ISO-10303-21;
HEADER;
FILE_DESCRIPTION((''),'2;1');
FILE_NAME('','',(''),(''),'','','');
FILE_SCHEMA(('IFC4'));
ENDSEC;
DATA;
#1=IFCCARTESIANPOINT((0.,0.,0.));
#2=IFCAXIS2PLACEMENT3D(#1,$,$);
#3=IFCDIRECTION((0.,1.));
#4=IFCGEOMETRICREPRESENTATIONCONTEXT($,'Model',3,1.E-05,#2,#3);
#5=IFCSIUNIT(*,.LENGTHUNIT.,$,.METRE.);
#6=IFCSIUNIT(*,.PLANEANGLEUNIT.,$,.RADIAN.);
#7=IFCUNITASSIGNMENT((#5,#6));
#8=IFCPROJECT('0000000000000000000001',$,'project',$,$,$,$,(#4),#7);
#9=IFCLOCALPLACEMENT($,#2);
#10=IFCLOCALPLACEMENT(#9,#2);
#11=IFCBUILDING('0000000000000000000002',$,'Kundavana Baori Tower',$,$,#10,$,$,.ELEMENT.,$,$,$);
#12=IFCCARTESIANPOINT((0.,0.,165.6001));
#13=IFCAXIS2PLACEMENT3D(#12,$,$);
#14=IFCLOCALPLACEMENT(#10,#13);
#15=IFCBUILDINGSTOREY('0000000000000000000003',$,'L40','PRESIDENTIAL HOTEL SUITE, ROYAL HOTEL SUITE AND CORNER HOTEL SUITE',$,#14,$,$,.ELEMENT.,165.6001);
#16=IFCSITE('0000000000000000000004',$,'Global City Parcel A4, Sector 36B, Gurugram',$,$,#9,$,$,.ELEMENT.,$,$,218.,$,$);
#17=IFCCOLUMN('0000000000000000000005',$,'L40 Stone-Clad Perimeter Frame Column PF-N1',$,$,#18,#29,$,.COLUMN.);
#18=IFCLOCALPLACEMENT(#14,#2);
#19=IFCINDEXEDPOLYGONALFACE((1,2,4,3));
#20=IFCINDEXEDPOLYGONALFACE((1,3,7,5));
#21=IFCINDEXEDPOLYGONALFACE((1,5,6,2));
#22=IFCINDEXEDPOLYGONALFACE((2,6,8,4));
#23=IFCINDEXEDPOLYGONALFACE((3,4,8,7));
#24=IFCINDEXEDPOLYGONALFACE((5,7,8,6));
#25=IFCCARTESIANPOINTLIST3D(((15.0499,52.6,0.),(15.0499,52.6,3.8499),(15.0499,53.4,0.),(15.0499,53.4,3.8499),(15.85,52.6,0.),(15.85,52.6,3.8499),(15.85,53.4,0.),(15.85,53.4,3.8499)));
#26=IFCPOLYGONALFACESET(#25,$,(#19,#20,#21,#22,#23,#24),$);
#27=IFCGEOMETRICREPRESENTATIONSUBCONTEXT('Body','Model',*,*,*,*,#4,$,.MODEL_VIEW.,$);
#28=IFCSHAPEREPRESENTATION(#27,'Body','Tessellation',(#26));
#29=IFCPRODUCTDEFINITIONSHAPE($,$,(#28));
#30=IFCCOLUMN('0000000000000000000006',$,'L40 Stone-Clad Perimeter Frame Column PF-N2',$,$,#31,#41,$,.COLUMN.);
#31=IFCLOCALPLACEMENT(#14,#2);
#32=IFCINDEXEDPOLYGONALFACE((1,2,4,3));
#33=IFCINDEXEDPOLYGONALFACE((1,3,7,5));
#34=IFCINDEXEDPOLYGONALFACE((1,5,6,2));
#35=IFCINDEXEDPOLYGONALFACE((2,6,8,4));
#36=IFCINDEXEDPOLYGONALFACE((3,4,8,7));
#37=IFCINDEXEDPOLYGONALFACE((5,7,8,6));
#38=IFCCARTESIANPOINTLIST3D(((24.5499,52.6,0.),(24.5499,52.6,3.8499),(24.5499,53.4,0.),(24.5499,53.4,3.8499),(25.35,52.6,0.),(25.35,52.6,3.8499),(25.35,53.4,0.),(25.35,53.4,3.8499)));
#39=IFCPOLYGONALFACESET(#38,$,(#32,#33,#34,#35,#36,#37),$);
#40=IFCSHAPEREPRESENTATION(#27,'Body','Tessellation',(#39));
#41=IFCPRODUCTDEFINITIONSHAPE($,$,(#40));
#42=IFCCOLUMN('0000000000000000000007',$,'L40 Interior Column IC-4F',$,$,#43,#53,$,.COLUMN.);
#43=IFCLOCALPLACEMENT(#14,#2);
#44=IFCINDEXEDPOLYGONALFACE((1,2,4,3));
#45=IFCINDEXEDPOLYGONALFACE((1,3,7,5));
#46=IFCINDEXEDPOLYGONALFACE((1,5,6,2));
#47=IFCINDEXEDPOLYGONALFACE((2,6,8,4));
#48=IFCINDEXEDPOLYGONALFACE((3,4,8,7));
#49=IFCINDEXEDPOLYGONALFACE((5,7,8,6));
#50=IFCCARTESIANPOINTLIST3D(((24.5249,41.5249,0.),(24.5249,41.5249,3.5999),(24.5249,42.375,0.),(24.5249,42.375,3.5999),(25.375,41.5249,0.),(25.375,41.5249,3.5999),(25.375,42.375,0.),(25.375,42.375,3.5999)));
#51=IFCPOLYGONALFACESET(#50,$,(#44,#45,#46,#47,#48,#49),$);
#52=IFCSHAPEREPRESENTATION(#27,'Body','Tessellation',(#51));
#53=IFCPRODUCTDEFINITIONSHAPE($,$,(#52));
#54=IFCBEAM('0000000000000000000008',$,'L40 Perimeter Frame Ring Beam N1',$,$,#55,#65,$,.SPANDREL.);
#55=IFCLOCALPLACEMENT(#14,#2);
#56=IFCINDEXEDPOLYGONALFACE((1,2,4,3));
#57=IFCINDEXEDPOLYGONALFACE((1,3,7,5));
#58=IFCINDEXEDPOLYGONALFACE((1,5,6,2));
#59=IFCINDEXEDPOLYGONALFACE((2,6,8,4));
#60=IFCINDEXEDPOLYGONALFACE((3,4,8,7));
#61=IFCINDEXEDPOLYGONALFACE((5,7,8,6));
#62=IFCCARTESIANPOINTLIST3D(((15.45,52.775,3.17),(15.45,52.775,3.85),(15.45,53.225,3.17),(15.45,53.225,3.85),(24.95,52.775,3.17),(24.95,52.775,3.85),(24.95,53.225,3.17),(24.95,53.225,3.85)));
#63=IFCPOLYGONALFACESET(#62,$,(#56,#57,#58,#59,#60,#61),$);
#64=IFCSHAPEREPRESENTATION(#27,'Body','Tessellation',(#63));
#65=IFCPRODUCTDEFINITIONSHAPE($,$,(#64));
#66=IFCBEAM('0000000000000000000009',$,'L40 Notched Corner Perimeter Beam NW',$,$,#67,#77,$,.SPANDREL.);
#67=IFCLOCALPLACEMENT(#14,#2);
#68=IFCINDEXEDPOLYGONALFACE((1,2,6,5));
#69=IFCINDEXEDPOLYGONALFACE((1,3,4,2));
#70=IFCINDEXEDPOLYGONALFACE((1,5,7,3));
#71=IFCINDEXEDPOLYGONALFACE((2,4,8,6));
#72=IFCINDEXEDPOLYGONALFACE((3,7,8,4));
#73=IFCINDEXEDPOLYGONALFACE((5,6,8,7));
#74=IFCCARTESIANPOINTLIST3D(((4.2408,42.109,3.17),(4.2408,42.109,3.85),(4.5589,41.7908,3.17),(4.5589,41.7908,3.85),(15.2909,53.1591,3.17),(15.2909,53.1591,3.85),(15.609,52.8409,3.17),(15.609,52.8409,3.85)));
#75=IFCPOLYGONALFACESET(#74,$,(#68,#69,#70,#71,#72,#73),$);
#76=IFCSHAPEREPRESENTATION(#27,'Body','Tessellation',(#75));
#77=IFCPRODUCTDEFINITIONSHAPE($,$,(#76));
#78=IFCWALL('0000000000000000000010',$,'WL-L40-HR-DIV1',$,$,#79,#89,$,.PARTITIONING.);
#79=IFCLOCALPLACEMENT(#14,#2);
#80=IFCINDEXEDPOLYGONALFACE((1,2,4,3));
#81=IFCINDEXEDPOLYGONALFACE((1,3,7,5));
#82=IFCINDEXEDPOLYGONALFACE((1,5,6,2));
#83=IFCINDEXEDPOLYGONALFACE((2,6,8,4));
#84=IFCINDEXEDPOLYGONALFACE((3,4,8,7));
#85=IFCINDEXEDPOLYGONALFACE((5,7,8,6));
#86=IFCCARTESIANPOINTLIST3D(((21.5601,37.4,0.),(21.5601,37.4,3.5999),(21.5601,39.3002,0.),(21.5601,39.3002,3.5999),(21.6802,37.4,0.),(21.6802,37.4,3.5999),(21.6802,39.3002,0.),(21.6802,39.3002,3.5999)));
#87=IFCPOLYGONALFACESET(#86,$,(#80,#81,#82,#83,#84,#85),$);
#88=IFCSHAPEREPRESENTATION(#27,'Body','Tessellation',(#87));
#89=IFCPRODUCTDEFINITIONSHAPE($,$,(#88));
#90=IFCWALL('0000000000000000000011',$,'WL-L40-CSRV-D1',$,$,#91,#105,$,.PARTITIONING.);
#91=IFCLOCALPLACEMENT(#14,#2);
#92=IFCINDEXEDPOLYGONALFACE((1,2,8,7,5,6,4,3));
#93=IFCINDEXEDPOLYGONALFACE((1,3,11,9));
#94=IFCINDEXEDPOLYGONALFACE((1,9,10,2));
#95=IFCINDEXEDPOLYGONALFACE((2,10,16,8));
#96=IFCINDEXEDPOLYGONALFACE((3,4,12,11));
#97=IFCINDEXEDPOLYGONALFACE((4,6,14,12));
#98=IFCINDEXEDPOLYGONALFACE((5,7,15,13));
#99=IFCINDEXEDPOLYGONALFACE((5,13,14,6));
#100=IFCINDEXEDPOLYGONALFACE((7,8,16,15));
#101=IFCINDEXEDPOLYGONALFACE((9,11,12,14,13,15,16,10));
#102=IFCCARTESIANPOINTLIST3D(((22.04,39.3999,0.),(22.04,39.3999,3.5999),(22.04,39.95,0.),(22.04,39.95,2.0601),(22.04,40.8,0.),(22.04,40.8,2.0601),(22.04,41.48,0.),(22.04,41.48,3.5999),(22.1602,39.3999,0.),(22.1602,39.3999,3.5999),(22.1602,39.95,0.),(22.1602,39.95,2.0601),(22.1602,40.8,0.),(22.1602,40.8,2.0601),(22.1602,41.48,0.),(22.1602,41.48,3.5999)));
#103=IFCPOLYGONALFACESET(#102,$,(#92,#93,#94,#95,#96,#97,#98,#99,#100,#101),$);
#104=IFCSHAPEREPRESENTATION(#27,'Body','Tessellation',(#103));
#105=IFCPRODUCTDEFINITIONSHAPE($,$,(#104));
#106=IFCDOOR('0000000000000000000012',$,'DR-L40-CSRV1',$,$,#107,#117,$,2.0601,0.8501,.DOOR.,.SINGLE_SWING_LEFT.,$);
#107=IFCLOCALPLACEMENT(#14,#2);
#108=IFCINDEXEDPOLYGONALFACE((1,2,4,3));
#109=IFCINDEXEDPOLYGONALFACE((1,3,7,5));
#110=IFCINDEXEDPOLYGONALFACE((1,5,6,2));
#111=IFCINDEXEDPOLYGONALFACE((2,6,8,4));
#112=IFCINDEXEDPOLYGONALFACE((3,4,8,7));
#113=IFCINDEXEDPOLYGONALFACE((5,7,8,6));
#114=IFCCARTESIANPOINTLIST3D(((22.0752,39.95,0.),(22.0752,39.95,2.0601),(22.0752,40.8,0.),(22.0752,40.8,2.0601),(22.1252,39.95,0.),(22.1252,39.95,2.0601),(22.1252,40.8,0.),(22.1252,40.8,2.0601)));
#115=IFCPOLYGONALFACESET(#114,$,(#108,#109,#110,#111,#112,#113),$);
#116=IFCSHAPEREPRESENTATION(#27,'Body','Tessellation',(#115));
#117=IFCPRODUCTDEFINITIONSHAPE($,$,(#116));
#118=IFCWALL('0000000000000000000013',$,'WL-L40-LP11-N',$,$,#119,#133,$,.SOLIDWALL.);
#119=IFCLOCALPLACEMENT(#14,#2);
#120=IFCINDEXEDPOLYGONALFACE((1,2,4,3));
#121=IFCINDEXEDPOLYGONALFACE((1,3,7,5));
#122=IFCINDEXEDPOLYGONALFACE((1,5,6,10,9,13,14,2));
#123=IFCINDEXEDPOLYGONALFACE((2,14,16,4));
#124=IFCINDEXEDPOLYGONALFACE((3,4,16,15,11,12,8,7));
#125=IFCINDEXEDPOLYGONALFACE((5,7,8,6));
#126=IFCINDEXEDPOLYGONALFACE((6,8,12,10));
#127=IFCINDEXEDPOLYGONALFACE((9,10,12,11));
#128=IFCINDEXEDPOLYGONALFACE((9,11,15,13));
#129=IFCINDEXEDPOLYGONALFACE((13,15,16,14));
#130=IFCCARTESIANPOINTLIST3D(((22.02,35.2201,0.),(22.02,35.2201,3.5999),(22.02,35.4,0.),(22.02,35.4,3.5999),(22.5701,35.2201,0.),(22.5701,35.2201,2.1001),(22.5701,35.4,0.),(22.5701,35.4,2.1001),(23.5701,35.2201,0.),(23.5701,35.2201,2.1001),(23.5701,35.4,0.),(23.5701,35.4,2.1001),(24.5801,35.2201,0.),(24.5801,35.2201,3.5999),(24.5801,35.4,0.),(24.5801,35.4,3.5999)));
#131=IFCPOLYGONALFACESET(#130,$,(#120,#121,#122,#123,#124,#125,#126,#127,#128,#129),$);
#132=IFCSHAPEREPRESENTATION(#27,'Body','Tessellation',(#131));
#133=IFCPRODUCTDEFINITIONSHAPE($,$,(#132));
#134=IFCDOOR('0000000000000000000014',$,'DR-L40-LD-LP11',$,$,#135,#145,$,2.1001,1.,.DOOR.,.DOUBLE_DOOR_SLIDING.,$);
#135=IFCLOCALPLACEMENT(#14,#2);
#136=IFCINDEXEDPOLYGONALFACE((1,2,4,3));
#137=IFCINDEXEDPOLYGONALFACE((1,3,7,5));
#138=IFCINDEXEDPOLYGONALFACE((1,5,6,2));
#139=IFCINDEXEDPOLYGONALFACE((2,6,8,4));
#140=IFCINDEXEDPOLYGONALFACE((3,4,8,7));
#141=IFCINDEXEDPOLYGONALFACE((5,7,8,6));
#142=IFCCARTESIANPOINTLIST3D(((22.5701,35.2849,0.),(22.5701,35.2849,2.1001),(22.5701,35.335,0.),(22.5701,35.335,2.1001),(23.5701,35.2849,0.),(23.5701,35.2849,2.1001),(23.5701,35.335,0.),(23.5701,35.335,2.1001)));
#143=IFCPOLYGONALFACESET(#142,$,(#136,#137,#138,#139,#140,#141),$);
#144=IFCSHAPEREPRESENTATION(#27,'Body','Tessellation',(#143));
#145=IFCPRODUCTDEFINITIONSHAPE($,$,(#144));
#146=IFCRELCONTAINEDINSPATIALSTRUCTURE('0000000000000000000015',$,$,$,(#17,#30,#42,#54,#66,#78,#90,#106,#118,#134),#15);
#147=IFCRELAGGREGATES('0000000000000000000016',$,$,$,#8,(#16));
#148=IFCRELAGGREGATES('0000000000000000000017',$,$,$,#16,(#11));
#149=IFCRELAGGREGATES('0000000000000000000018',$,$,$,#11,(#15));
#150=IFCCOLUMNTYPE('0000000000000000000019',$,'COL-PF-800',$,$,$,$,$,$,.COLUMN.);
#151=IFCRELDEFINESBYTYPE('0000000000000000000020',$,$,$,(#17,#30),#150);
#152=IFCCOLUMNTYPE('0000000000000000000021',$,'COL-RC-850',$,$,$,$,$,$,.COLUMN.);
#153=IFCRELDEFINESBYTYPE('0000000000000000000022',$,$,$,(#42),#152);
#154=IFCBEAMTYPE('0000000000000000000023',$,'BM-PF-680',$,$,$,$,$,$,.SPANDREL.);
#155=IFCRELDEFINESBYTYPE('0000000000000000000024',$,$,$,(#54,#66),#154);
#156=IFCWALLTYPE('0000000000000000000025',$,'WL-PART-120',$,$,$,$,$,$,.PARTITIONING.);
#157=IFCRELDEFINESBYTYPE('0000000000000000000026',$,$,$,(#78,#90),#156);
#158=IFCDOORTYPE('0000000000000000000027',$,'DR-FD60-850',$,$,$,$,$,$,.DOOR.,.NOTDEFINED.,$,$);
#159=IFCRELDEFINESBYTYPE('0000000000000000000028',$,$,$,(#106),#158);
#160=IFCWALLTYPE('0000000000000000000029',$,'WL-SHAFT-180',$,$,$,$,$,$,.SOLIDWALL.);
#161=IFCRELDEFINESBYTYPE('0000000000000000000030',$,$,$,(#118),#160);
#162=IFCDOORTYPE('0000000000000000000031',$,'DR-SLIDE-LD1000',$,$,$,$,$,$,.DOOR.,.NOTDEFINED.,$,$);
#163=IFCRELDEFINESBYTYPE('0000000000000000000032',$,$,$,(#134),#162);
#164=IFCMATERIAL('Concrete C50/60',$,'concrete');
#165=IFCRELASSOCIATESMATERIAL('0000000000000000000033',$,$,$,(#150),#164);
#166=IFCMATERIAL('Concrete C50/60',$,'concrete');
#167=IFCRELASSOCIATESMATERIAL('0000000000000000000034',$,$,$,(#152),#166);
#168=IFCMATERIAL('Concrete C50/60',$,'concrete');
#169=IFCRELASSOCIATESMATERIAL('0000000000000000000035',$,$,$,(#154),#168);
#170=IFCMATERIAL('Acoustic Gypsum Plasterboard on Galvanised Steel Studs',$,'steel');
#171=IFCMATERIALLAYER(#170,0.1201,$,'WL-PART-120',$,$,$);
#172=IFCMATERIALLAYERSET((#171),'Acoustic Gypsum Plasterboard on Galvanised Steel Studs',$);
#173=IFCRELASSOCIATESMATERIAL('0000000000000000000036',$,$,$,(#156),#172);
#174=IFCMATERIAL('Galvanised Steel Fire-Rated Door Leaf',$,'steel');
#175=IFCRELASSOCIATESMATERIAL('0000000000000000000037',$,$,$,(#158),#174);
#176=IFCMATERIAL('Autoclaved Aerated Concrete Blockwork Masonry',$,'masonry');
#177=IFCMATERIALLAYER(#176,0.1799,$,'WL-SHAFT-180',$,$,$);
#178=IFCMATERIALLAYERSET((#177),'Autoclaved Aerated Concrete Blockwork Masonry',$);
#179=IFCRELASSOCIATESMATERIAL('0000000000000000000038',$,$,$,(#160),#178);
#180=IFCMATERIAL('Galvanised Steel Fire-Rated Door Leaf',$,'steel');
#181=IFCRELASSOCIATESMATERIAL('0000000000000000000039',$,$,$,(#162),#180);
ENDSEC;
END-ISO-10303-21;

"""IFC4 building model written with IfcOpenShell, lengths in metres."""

from ifc_helpers import new_model, si_unit, direction, frame, frame_2d, origin, origin_2d, place, context, subcontext, project, spatial, rectangle, extrude, material, layer, layer_set, material_profile, profile_set, type_object, element, fill, save


model = new_model("IFC4")

# Units and contexts
model_context = context("Model", 3, precision=1e-05, world=origin(), true_north=direction((0.0, 1.0)))
body_context = subcontext(model_context, "Body", "Model", "MODEL_VIEW")
ifc_project = project(units=[si_unit("LENGTHUNIT", "METRE"), si_unit("PLANEANGLEUNIT", "RADIAN")], contexts=[model_context])

# Site, building, storey
site_placement = place(None, origin())
site = spatial("IfcSite", under=ifc_project, at=site_placement, Name="Global City Parcel A4, Sector 36B, Gurugram", CompositionType="ELEMENT", RefElevation=218.0)
building_placement = place(site_placement, origin())
building = spatial("IfcBuilding", under=site, at=building_placement, Name="Kundavana Baori Tower", CompositionType="ELEMENT")
storey_placement = place(building_placement, frame((0.0, 0.0, 165.6001)))
storey = spatial("IfcBuildingStorey", under=building, at=storey_placement, Name="L40", Description="PRESIDENTIAL HOTEL SUITE, ROYAL HOTEL SUITE AND CORNER HOTEL SUITE", CompositionType="ELEMENT", Elevation=165.6001)

# Columns
ifc_material_1 = material(Name="Concrete C50/60", Category="concrete")
ifc_material_profile_1 = material_profile(ifc_material_1, rectangle(XDim=0.8, YDim=0.8, at=origin_2d()), Name="RC PF 800x800")
ifc_profile_set_1 = profile_set([ifc_material_profile_1], Name="Concrete C50/60")
column_type_1 = type_object("IfcColumnType", Name="COL-PF-800", PredefinedType="COLUMN", material=ifc_profile_set_1)
for number, where, z_axis, x_axis, name in (
    (1, (15.45, 53.0, 0.0), (0.0, 0.0, 1.0), (1.0, 0.0, 0.0), "L40 Stone-Clad Perimeter Frame Column PF-N1"),
    (2, (24.95, 53.0, 0.0), (0.0, 0.0, 1.0), (1.0, 0.0, 0.0), "L40 Stone-Clad Perimeter Frame Column PF-N2"),
):
    element("IfcColumn", number, at=place(storey_placement, frame(where, z_axis=z_axis, x_axis=x_axis)), inside=storey, type_object=column_type_1, Name=name, PredefinedType="COLUMN", context=body_context, shape_type="SweptSolid", body=[
        extrude(rectangle(XDim=0.8, YDim=0.8, at=origin_2d()), origin(), (0.0, 0.0, 1.0), 3.8499),
    ])
ifc_material_2 = material(Name="Concrete C50/60", Category="concrete")
ifc_material_profile_2 = material_profile(ifc_material_2, rectangle(XDim=0.8501, YDim=0.8501, at=origin_2d()), Name="RC 850x850")
ifc_profile_set_2 = profile_set([ifc_material_profile_2], Name="Concrete C50/60")
column_type_2 = type_object("IfcColumnType", Name="COL-RC-850", PredefinedType="COLUMN", material=ifc_profile_set_2)
column_placement = place(storey_placement, frame((24.95, 41.95, 0.0), z_axis=(0.0, 0.0, 1.0), x_axis=(1.0, 0.0, 0.0)))
element("IfcColumn", 3, at=column_placement, inside=storey, type_object=column_type_2, Name="L40 Interior Column IC-4F", PredefinedType="COLUMN", context=body_context, shape_type="SweptSolid", body=[
    extrude(rectangle(XDim=0.8501, YDim=0.8501, at=origin_2d()), origin(), (0.0, 0.0, 1.0), 3.5999),
])

# Beams
ifc_material_3 = material(Name="Concrete C50/60", Category="concrete")
ifc_material_profile_3 = material_profile(ifc_material_3, rectangle(XDim=0.45, YDim=0.6799, at=origin_2d()), Name="RC BM 450x680")
ifc_profile_set_3 = profile_set([ifc_material_profile_3], Name="Concrete C50/60")
beam_type = type_object("IfcBeamType", Name="BM-PF-680", PredefinedType="SPANDREL", material=ifc_profile_set_3)
beam_1_placement = place(storey_placement, frame((15.45, 53.0, 3.51), z_axis=(1.0, 0.0, 0.0), x_axis=(0.0, 1.0, 0.0)))
element("IfcBeam", 4, at=beam_1_placement, inside=storey, type_object=beam_type, Name="L40 Perimeter Frame Ring Beam N1", PredefinedType="SPANDREL", context=body_context, shape_type="SweptSolid", body=[
    extrude(rectangle(XDim=0.45, YDim=0.6799, at=origin_2d()), origin(), (0.0, 0.0, 1.0), 9.5),
])
beam_2_placement = place(storey_placement, frame((15.45, 53.0, 3.51), z_axis=(-0.707107, -0.707107, 0.0), x_axis=(0.707107, -0.707107, 0.0)))
element("IfcBeam", 5, at=beam_2_placement, inside=storey, type_object=beam_type, Name="L40 Notched Corner Perimeter Beam NW", PredefinedType="SPANDREL", context=body_context, shape_type="SweptSolid", body=[
    extrude(rectangle(XDim=0.45, YDim=0.6799, at=origin_2d()), origin(), (0.0, 0.0, 1.0), 15.6272),
])

# Wall
ifc_material_4 = material(Name="Acoustic Gypsum Plasterboard on Galvanised Steel Studs", Category="steel")
ifc_layer_1 = layer(ifc_material_4, 0.1201, Name="WL-PART-120")
ifc_layer_set_1 = layer_set([ifc_layer_1], Name="Acoustic Gypsum Plasterboard on Galvanised Steel Studs")
wall_type_1 = type_object("IfcWallType", Name="WL-PART-120", PredefinedType="PARTITIONING", material=ifc_layer_set_1)
wall_1_placement = place(storey_placement, frame((21.6201, 37.3999, 0.0), z_axis=(0.0, 0.0, 1.0), x_axis=(0.0, 1.0, 0.0)))
element("IfcWall", 6, at=wall_1_placement, inside=storey, type_object=wall_type_1, Name="WL-L40-HR-DIV1", PredefinedType="PARTITIONING", context=body_context, shape_type="SweptSolid", body=[
    extrude(rectangle(XDim=1.9001, YDim=0.1201, at=frame_2d((0.9502, 0.0))), origin(), (0.0, 0.0, 1.0), 3.5999),
])

# Walls, openings, doors
wall_2_placement = place(storey_placement, frame((22.1001, 39.3999, 0.0), z_axis=(0.0, 0.0, 1.0), x_axis=(0.0, 1.0, 0.0)))
wall_2 = element("IfcWall", 7, at=wall_2_placement, inside=storey, type_object=wall_type_1, Name="WL-L40-CSRV-D1", PredefinedType="PARTITIONING", context=body_context, shape_type="SweptSolid", body=[
    extrude(rectangle(XDim=2.0801, YDim=0.1201, at=frame_2d((1.04, 0.0))), origin(), (0.0, 0.0, 1.0), 3.5999),
])
opening_1_placement = place(wall_2_placement, frame((0.55, 0.0, 0.0)))
opening_1 = element("IfcOpeningElement", 8, at=opening_1_placement, cuts=wall_2, PredefinedType="OPENING", context=body_context, shape_type="SweptSolid", body=[
    extrude(rectangle(XDim=0.8501, YDim=2.0601, at=frame_2d((0.425, 1.03))), frame((0.0, 0.0701, 0.0), z_axis=(0.0, -1.0, 0.0), x_axis=(1.0, 0.0, 0.0)), (0.0, 0.0, 1.0), 0.1401),
])
ifc_material_5 = material(Name="Galvanised Steel Fire-Rated Door Leaf", Category="steel")
door_type_1 = type_object("IfcDoorType", Name="DR-FD60-850", OperationType="NOTDEFINED", PredefinedType="DOOR", material=ifc_material_5)
door_1_placement = place(opening_1_placement, origin())
door_1 = element("IfcDoor", 9, at=door_1_placement, inside=storey, type_object=door_type_1, Name="DR-L40-CSRV1", OperationType="SINGLE_SWING_LEFT", OverallHeight=2.0601, OverallWidth=0.8501, PredefinedType="DOOR", context=body_context, shape_type="SweptSolid", body=[
    extrude(rectangle(XDim=0.8501, YDim=2.0601, at=frame_2d((0.425, 1.03))), frame((0.0, 0.0249, 0.0), z_axis=(0.0, -1.0, 0.0), x_axis=(1.0, 0.0, 0.0)), (0.0, 0.0, 1.0), 0.05),
])
fill(opening_1, door_1)
ifc_material_6 = material(Name="Autoclaved Aerated Concrete Blockwork Masonry", Category="masonry")
ifc_layer_2 = layer(ifc_material_6, 0.1799, Name="WL-SHAFT-180")
ifc_layer_set_2 = layer_set([ifc_layer_2], Name="Autoclaved Aerated Concrete Blockwork Masonry")
wall_type_2 = type_object("IfcWallType", Name="WL-SHAFT-180", PredefinedType="SOLIDWALL", material=ifc_layer_set_2)
wall_3_placement = place(storey_placement, frame((22.02, 35.3101, 0.0), z_axis=(0.0, 0.0, 1.0), x_axis=(1.0, 0.0, 0.0)))
wall_3 = element("IfcWall", 10, at=wall_3_placement, inside=storey, type_object=wall_type_2, Name="WL-L40-LP11-N", PredefinedType="SOLIDWALL", context=body_context, shape_type="SweptSolid", body=[
    extrude(rectangle(XDim=2.5601, YDim=0.1799, at=frame_2d((1.28, 0.0))), origin(), (0.0, 0.0, 1.0), 3.5999),
])
opening_2_placement = place(wall_3_placement, frame((0.55, 0.0, 0.0)))
opening_2 = element("IfcOpeningElement", 11, at=opening_2_placement, cuts=wall_3, PredefinedType="OPENING", context=body_context, shape_type="SweptSolid", body=[
    extrude(rectangle(XDim=1.0, YDim=2.1001, at=frame_2d((0.5, 1.05))), frame((0.0, 0.1001, 0.0), z_axis=(0.0, -1.0, 0.0), x_axis=(1.0, 0.0, 0.0)), (0.0, 0.0, 1.0), 0.2),
])
ifc_material_7 = material(Name="Galvanised Steel Fire-Rated Door Leaf", Category="steel")
door_type_2 = type_object("IfcDoorType", Name="DR-SLIDE-LD1000", OperationType="NOTDEFINED", PredefinedType="DOOR", material=ifc_material_7)
door_2_placement = place(opening_2_placement, origin())
door_2 = element("IfcDoor", 12, at=door_2_placement, inside=storey, type_object=door_type_2, Name="DR-L40-LD-LP11", OperationType="DOUBLE_DOOR_SLIDING", OverallHeight=2.1001, OverallWidth=1.0, PredefinedType="DOOR", context=body_context, shape_type="SweptSolid", body=[
    extrude(rectangle(XDim=1.0, YDim=2.1001, at=frame_2d((0.5, 1.05))), frame((0.0, 0.0249, 0.0), z_axis=(0.0, -1.0, 0.0), x_axis=(1.0, 0.0, 0.0)), (0.0, 0.0, 1.0), 0.05),
])
fill(opening_2, door_2)

save(model, "model.ifc")
